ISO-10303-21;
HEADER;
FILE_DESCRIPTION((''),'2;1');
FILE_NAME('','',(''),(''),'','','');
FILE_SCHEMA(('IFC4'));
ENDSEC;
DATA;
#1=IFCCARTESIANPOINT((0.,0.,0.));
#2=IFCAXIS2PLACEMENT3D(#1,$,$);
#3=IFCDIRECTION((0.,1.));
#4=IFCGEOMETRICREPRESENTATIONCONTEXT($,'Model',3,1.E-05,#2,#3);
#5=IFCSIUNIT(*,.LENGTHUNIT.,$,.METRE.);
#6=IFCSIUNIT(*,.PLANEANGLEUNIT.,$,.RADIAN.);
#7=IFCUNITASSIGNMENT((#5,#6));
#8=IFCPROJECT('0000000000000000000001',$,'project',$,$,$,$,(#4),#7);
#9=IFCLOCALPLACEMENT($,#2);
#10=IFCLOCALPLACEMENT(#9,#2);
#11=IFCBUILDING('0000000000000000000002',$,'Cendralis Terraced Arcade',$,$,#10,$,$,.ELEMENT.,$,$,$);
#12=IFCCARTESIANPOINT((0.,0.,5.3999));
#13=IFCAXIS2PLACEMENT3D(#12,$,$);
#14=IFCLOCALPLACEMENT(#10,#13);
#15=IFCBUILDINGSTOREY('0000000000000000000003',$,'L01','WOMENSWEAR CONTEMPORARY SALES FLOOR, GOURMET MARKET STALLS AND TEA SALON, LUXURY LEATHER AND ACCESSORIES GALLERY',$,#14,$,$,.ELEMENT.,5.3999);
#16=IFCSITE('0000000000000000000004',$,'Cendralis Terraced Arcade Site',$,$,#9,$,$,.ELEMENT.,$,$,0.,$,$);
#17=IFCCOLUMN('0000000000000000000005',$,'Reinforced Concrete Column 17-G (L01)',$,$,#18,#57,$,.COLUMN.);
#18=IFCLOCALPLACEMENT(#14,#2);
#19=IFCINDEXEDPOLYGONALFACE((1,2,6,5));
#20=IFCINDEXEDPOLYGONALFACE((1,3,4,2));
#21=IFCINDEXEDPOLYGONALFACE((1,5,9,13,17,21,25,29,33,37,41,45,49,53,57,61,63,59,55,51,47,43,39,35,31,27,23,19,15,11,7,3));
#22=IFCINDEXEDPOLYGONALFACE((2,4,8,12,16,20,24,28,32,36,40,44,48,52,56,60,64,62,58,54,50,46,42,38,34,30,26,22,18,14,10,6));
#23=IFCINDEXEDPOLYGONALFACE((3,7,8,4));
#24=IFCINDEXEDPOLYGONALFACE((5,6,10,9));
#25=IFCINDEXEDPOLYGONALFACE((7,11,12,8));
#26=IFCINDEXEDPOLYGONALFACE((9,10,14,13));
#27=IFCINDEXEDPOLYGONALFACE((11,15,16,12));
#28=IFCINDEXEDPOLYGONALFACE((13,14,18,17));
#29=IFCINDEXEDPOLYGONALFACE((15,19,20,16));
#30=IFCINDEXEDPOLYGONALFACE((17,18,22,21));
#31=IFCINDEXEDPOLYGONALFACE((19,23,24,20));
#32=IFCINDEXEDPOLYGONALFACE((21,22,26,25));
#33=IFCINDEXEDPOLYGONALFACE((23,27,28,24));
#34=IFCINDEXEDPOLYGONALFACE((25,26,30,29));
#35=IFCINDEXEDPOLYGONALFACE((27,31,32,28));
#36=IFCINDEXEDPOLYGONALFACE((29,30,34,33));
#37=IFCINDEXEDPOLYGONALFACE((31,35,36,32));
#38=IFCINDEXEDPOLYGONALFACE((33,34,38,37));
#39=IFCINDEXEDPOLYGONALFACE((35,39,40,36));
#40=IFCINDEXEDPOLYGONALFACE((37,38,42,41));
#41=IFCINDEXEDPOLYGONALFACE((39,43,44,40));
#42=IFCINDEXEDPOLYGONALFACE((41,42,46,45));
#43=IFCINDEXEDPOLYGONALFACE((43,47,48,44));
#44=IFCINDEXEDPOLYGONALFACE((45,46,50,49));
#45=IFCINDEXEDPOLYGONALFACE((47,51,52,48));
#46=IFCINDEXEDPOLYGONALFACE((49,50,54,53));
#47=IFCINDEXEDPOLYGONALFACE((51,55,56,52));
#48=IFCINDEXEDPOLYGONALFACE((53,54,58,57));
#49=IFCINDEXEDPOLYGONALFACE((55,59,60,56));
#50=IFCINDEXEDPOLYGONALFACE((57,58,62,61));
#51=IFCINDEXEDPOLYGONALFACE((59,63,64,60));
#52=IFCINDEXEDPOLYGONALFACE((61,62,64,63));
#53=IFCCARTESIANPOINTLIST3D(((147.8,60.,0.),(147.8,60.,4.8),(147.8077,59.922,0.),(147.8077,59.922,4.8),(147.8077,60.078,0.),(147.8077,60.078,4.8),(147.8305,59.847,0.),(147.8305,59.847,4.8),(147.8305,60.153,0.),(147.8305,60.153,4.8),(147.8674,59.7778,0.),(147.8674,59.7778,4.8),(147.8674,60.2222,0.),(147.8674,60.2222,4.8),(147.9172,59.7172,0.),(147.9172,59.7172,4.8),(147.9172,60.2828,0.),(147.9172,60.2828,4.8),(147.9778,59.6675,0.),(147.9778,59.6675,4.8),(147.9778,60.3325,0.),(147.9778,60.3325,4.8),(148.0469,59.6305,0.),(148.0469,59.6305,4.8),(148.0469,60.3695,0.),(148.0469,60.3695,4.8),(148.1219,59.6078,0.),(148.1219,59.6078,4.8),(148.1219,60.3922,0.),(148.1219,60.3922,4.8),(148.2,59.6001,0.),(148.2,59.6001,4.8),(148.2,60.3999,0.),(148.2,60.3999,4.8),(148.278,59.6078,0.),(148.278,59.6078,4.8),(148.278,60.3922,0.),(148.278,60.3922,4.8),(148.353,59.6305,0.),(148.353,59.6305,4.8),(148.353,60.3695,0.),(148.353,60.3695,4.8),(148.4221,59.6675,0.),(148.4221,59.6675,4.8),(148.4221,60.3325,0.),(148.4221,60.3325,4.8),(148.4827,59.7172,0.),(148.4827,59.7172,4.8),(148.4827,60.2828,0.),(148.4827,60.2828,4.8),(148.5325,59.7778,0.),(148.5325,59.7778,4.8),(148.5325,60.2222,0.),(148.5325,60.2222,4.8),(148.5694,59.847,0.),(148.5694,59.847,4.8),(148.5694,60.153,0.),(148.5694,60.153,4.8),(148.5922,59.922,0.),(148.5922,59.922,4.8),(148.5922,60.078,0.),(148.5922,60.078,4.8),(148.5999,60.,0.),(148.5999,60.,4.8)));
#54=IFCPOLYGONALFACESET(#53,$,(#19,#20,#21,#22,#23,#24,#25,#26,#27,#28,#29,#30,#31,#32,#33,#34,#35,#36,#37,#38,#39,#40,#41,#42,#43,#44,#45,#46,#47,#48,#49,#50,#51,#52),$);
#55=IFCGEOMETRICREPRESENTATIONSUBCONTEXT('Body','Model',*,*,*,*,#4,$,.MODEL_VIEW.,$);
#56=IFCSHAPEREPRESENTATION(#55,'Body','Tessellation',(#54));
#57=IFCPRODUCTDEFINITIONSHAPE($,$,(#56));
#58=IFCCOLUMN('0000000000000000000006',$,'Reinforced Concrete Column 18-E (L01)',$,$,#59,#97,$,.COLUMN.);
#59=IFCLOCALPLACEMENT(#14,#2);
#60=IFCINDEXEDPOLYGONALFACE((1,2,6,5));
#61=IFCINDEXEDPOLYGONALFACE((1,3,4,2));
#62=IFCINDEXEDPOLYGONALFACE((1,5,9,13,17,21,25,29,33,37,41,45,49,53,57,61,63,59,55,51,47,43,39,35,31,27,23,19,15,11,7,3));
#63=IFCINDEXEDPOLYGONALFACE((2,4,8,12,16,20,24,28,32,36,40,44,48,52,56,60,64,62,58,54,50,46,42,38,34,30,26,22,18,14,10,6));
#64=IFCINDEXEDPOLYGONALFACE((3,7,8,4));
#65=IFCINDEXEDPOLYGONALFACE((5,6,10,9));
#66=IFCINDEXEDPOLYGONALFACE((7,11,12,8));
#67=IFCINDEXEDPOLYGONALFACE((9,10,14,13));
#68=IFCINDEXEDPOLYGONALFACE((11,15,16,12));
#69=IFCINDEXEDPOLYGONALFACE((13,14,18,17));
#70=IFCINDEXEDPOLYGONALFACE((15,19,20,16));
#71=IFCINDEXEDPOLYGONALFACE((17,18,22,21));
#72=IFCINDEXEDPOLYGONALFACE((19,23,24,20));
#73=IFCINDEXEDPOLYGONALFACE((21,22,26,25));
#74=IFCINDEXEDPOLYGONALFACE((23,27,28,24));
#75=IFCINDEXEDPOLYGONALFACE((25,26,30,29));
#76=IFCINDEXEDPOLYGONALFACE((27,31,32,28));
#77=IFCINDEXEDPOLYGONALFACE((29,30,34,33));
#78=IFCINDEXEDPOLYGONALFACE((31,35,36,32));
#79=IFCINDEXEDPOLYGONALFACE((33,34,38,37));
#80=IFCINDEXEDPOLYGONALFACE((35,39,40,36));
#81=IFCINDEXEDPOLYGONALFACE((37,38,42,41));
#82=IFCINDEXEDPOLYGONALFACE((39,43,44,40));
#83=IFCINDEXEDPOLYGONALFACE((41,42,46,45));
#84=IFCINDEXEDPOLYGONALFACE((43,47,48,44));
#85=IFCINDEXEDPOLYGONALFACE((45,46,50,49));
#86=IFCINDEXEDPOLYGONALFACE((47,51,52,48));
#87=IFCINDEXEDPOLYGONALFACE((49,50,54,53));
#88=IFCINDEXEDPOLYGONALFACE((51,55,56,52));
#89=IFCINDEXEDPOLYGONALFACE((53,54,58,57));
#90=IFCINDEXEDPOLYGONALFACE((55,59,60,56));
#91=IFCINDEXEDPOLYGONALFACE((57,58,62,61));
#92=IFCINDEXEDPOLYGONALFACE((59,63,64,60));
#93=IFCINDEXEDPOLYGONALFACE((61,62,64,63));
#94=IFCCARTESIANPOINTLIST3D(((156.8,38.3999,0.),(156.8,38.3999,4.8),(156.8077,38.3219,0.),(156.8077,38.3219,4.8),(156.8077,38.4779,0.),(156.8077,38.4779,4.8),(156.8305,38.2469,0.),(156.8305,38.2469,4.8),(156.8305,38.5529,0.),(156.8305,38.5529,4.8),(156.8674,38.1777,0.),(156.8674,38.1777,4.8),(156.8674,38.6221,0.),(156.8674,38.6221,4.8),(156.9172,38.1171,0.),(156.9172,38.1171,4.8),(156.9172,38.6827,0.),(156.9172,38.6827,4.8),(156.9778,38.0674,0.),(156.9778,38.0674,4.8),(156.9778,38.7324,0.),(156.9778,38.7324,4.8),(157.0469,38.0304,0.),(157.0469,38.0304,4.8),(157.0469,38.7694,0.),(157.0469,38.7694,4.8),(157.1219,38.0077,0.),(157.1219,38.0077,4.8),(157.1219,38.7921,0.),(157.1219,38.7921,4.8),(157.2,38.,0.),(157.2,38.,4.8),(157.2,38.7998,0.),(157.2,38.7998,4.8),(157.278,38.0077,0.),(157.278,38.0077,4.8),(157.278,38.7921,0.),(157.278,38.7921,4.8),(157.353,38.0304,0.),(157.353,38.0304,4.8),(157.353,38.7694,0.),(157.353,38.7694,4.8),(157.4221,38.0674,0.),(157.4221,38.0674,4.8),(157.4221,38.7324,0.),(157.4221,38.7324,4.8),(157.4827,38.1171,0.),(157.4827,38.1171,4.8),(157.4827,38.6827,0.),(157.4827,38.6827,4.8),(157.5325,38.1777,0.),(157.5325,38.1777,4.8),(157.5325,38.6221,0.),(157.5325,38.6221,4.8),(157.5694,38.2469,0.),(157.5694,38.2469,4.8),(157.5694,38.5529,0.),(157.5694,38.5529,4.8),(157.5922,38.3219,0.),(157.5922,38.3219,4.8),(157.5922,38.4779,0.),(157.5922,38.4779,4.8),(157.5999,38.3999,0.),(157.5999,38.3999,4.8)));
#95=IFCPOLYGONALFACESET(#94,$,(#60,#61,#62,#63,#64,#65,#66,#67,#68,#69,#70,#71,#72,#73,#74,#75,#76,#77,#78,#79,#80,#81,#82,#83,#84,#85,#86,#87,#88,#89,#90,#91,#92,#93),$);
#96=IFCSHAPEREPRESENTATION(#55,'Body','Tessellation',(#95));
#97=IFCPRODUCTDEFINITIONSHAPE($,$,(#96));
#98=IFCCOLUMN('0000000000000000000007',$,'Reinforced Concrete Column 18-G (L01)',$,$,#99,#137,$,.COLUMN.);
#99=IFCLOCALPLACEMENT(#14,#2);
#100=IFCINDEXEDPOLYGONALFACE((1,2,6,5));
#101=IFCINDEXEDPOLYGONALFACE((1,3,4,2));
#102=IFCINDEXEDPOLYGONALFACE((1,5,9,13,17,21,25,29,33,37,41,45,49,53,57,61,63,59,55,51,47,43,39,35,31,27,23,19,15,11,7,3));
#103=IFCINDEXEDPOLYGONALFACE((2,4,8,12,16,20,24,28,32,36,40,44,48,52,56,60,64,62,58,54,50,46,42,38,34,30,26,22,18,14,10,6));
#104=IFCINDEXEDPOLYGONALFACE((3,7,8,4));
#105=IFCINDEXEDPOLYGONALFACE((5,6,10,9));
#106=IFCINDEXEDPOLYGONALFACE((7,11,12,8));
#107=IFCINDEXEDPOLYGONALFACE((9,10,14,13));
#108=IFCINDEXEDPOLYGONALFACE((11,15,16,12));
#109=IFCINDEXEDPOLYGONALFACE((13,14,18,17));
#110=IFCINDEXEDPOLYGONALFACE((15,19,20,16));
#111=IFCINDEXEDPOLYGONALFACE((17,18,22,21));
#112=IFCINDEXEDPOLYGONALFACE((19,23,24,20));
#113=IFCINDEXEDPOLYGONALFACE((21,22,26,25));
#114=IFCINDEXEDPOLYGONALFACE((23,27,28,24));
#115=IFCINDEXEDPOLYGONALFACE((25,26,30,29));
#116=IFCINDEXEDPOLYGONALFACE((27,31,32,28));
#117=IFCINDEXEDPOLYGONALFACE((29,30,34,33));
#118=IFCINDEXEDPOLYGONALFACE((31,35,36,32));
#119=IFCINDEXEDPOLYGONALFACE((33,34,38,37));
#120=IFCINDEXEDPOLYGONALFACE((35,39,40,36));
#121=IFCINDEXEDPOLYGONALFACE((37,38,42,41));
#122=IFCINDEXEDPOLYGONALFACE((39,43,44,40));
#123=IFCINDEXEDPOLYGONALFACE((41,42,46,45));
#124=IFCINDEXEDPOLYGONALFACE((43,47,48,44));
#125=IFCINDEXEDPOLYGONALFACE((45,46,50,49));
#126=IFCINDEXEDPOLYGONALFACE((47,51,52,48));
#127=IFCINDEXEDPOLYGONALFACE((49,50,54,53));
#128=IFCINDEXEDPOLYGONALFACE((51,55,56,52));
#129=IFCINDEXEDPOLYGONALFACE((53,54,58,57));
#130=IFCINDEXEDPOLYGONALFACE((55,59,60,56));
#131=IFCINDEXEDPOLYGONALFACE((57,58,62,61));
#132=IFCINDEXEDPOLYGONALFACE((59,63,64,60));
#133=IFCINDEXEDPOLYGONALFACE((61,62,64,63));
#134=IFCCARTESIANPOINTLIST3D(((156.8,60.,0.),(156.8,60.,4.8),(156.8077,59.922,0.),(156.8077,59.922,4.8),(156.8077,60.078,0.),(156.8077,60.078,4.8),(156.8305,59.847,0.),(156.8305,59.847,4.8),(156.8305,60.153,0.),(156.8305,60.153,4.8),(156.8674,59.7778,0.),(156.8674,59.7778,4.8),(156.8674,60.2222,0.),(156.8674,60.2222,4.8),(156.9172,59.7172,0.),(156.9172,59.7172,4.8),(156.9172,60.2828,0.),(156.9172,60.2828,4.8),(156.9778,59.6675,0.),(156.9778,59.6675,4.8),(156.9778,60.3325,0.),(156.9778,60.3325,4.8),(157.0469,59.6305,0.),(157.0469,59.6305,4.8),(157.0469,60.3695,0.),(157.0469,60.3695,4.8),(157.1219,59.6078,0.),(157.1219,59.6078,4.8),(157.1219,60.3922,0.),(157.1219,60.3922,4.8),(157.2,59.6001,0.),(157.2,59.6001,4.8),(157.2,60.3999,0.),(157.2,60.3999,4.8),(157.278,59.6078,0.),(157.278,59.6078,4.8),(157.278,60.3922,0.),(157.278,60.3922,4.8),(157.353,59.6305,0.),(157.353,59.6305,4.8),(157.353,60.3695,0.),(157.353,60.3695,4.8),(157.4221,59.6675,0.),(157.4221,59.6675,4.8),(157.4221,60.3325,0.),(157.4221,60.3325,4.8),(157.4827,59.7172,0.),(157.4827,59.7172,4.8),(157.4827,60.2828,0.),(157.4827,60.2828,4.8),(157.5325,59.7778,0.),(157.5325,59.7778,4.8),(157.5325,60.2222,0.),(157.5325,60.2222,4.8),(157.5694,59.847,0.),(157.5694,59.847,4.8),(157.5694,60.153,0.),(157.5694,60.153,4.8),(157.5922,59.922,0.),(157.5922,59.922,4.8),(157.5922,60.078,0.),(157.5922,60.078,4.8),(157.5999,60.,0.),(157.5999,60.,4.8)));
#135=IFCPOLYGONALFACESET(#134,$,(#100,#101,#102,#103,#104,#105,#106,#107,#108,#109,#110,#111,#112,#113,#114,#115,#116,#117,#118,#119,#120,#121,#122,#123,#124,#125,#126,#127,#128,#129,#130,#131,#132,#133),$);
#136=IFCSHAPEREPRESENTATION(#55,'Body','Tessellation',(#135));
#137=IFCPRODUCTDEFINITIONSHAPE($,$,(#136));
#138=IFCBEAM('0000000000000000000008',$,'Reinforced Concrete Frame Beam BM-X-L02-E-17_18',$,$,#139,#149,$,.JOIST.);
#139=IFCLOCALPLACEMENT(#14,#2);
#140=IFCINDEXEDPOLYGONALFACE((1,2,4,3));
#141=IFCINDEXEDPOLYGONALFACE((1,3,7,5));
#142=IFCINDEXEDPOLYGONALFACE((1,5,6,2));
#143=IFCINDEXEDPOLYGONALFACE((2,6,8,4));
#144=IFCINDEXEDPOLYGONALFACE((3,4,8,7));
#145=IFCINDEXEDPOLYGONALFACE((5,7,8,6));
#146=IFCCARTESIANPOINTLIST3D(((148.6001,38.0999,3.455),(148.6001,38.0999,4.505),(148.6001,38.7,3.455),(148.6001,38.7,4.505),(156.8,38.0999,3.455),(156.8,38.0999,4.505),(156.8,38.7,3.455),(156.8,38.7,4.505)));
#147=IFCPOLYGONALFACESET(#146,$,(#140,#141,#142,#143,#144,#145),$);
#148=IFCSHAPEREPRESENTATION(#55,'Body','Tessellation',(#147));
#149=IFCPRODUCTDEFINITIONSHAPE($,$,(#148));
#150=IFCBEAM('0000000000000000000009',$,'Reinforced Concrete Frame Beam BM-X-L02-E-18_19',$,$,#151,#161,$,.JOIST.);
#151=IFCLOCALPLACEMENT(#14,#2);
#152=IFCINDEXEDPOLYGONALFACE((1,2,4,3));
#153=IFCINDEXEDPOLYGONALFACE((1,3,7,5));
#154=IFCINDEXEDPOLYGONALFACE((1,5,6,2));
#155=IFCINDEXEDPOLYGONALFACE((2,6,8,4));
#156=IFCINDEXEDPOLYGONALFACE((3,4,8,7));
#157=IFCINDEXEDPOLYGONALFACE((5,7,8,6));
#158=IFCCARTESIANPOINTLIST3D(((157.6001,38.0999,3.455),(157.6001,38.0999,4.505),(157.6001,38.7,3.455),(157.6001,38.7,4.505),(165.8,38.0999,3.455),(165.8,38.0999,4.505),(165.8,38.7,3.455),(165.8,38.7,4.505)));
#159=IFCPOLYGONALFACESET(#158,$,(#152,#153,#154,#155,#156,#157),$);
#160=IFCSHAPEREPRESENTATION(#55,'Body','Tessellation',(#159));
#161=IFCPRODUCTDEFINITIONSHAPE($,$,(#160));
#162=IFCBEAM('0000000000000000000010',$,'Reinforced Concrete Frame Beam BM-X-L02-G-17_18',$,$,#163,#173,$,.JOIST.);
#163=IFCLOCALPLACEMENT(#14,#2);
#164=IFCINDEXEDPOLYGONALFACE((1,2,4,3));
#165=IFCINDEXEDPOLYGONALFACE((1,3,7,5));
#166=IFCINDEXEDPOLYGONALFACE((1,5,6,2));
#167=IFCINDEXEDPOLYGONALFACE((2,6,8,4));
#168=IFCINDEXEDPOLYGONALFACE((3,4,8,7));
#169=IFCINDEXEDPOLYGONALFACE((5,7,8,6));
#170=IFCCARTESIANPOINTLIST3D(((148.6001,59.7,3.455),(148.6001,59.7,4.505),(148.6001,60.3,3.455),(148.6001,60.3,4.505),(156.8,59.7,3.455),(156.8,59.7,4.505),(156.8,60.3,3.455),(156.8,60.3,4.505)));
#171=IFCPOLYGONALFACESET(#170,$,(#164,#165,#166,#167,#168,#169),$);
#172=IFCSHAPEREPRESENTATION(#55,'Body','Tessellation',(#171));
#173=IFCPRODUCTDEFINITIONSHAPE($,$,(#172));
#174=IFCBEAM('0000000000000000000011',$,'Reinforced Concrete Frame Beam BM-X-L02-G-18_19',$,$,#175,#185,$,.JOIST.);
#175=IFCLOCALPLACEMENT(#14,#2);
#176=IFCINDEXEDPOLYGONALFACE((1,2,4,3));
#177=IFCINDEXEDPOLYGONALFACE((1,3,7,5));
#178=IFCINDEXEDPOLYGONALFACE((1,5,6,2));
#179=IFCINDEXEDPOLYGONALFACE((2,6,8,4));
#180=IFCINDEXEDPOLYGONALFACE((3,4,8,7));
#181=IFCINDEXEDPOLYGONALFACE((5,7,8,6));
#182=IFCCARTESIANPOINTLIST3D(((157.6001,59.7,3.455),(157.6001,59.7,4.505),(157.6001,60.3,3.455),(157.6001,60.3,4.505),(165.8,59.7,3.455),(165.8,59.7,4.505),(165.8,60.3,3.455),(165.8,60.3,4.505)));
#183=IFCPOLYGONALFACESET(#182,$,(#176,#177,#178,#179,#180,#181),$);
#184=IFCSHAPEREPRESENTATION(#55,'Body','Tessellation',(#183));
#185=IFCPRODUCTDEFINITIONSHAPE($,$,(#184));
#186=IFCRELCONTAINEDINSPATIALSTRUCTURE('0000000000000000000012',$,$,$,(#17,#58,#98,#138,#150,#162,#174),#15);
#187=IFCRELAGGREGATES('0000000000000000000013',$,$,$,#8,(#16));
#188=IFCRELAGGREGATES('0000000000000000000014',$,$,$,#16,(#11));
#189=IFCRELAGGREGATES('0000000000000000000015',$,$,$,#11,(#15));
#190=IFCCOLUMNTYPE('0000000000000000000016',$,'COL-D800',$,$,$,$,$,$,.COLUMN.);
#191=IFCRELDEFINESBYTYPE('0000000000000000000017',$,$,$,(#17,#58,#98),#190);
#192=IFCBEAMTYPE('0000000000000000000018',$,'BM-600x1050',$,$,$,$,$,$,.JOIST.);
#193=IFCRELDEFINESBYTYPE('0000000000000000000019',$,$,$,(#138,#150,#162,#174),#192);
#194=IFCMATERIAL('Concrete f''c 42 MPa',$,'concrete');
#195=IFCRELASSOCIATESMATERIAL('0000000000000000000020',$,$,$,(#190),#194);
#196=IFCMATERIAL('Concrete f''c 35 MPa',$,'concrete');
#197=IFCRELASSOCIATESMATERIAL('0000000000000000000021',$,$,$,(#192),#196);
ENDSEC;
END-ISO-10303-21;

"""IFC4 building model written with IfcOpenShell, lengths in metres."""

from ifc_helpers import new_model, si_unit, direction, frame, origin, origin_2d, place, context, subcontext, project, spatial, rectangle, circle, extrude, material, material_profile, profile_set, type_object, element, save


model = new_model("IFC4")

# Units and contexts
model_context = context("Model", 3, precision=1e-05, world=origin(), true_north=direction((0.0, 1.0)))
body_context = subcontext(model_context, "Body", "Model", "MODEL_VIEW")
ifc_project = project(units=[si_unit("LENGTHUNIT", "METRE"), si_unit("PLANEANGLEUNIT", "RADIAN")], contexts=[model_context])

# Site, building, storey
site_placement = place(None, origin())
site = spatial("IfcSite", under=ifc_project, at=site_placement, Name="Cendralis Terraced Arcade Site", CompositionType="ELEMENT", RefElevation=0.0)
building_placement = place(site_placement, origin())
building = spatial("IfcBuilding", under=site, at=building_placement, Name="Cendralis Terraced Arcade", CompositionType="ELEMENT")
storey_placement = place(building_placement, frame((0.0, 0.0, 5.3999)))
storey = spatial("IfcBuildingStorey", under=building, at=storey_placement, Name="L01", Description="WOMENSWEAR CONTEMPORARY SALES FLOOR, GOURMET MARKET STALLS AND TEA SALON, LUXURY LEATHER AND ACCESSORIES GALLERY", CompositionType="ELEMENT", Elevation=5.3999)

# Columns
ifc_material_1 = material(Name="Concrete f'c 42 MPa", Category="concrete")
ifc_material_profile_1 = material_profile(ifc_material_1, circle(Radius=0.3999, at=origin_2d()), Name="RC-COL-D800", Category="LoadBearing")
ifc_profile_set_1 = profile_set([ifc_material_profile_1], Name="Concrete f'c 42 MPa")
column_type = type_object("IfcColumnType", Name="COL-D800", PredefinedType="COLUMN", material=ifc_profile_set_1)
for number, where, z_axis, x_axis, name in (
    (1, (148.2, 60.0, 0.0), (0.0, 0.0, 1.0), (1.0, 0.0, 0.0), "Reinforced Concrete Column 17-G (L01)"),
    (2, (157.2, 38.3999, 0.0), (0.0, 0.0, 1.0), (1.0, 0.0, 0.0), "Reinforced Concrete Column 18-E (L01)"),
    (3, (157.2, 60.0, 0.0), (0.0, 0.0, 1.0), (1.0, 0.0, 0.0), "Reinforced Concrete Column 18-G (L01)"),
):
    element("IfcColumn", number, at=place(storey_placement, frame(where, z_axis=z_axis, x_axis=x_axis)), inside=storey, type_object=column_type, Name=name, PredefinedType="COLUMN", context=body_context, shape_type="SweptSolid", body=[
        extrude(circle(Radius=0.3999, at=origin_2d()), origin(), (0.0, 0.0, 1.0), 4.8),
    ])

# Beams
ifc_material_2 = material(Name="Concrete f'c 35 MPa", Category="concrete")
ifc_material_profile_2 = material_profile(ifc_material_2, rectangle(XDim=0.6001, YDim=1.05, at=origin_2d()), Name="RC-BM-600x1050", Category="LoadBearing")
ifc_profile_set_2 = profile_set([ifc_material_profile_2], Name="Concrete f'c 35 MPa")
beam_type = type_object("IfcBeamType", Name="BM-600x1050", PredefinedType="JOIST", material=ifc_profile_set_2)
for number, where, z_axis, x_axis, name in (
    (4, (148.6001, 38.3999, 3.98), (1.0, 0.0, 0.0), (0.0, 1.0, 0.0), "Reinforced Concrete Frame Beam BM-X-L02-E-17_18"),
    (5, (157.6001, 38.3999, 3.98), (1.0, 0.0, 0.0), (0.0, 1.0, 0.0), "Reinforced Concrete Frame Beam BM-X-L02-E-18_19"),
    (6, (148.6001, 60.0, 3.98), (1.0, 0.0, 0.0), (0.0, 1.0, 0.0), "Reinforced Concrete Frame Beam BM-X-L02-G-17_18"),
    (7, (157.6001, 60.0, 3.98), (1.0, 0.0, 0.0), (0.0, 1.0, 0.0), "Reinforced Concrete Frame Beam BM-X-L02-G-18_19"),
):
    element("IfcBeam", number, at=place(storey_placement, frame(where, z_axis=z_axis, x_axis=x_axis)), inside=storey, type_object=beam_type, Name=name, PredefinedType="JOIST", context=body_context, shape_type="SweptSolid", body=[
        extrude(rectangle(XDim=0.6001, YDim=1.05, at=origin_2d()), origin(), (0.0, 0.0, 1.0), 8.2),
    ])

save(model, "model.ifc")
